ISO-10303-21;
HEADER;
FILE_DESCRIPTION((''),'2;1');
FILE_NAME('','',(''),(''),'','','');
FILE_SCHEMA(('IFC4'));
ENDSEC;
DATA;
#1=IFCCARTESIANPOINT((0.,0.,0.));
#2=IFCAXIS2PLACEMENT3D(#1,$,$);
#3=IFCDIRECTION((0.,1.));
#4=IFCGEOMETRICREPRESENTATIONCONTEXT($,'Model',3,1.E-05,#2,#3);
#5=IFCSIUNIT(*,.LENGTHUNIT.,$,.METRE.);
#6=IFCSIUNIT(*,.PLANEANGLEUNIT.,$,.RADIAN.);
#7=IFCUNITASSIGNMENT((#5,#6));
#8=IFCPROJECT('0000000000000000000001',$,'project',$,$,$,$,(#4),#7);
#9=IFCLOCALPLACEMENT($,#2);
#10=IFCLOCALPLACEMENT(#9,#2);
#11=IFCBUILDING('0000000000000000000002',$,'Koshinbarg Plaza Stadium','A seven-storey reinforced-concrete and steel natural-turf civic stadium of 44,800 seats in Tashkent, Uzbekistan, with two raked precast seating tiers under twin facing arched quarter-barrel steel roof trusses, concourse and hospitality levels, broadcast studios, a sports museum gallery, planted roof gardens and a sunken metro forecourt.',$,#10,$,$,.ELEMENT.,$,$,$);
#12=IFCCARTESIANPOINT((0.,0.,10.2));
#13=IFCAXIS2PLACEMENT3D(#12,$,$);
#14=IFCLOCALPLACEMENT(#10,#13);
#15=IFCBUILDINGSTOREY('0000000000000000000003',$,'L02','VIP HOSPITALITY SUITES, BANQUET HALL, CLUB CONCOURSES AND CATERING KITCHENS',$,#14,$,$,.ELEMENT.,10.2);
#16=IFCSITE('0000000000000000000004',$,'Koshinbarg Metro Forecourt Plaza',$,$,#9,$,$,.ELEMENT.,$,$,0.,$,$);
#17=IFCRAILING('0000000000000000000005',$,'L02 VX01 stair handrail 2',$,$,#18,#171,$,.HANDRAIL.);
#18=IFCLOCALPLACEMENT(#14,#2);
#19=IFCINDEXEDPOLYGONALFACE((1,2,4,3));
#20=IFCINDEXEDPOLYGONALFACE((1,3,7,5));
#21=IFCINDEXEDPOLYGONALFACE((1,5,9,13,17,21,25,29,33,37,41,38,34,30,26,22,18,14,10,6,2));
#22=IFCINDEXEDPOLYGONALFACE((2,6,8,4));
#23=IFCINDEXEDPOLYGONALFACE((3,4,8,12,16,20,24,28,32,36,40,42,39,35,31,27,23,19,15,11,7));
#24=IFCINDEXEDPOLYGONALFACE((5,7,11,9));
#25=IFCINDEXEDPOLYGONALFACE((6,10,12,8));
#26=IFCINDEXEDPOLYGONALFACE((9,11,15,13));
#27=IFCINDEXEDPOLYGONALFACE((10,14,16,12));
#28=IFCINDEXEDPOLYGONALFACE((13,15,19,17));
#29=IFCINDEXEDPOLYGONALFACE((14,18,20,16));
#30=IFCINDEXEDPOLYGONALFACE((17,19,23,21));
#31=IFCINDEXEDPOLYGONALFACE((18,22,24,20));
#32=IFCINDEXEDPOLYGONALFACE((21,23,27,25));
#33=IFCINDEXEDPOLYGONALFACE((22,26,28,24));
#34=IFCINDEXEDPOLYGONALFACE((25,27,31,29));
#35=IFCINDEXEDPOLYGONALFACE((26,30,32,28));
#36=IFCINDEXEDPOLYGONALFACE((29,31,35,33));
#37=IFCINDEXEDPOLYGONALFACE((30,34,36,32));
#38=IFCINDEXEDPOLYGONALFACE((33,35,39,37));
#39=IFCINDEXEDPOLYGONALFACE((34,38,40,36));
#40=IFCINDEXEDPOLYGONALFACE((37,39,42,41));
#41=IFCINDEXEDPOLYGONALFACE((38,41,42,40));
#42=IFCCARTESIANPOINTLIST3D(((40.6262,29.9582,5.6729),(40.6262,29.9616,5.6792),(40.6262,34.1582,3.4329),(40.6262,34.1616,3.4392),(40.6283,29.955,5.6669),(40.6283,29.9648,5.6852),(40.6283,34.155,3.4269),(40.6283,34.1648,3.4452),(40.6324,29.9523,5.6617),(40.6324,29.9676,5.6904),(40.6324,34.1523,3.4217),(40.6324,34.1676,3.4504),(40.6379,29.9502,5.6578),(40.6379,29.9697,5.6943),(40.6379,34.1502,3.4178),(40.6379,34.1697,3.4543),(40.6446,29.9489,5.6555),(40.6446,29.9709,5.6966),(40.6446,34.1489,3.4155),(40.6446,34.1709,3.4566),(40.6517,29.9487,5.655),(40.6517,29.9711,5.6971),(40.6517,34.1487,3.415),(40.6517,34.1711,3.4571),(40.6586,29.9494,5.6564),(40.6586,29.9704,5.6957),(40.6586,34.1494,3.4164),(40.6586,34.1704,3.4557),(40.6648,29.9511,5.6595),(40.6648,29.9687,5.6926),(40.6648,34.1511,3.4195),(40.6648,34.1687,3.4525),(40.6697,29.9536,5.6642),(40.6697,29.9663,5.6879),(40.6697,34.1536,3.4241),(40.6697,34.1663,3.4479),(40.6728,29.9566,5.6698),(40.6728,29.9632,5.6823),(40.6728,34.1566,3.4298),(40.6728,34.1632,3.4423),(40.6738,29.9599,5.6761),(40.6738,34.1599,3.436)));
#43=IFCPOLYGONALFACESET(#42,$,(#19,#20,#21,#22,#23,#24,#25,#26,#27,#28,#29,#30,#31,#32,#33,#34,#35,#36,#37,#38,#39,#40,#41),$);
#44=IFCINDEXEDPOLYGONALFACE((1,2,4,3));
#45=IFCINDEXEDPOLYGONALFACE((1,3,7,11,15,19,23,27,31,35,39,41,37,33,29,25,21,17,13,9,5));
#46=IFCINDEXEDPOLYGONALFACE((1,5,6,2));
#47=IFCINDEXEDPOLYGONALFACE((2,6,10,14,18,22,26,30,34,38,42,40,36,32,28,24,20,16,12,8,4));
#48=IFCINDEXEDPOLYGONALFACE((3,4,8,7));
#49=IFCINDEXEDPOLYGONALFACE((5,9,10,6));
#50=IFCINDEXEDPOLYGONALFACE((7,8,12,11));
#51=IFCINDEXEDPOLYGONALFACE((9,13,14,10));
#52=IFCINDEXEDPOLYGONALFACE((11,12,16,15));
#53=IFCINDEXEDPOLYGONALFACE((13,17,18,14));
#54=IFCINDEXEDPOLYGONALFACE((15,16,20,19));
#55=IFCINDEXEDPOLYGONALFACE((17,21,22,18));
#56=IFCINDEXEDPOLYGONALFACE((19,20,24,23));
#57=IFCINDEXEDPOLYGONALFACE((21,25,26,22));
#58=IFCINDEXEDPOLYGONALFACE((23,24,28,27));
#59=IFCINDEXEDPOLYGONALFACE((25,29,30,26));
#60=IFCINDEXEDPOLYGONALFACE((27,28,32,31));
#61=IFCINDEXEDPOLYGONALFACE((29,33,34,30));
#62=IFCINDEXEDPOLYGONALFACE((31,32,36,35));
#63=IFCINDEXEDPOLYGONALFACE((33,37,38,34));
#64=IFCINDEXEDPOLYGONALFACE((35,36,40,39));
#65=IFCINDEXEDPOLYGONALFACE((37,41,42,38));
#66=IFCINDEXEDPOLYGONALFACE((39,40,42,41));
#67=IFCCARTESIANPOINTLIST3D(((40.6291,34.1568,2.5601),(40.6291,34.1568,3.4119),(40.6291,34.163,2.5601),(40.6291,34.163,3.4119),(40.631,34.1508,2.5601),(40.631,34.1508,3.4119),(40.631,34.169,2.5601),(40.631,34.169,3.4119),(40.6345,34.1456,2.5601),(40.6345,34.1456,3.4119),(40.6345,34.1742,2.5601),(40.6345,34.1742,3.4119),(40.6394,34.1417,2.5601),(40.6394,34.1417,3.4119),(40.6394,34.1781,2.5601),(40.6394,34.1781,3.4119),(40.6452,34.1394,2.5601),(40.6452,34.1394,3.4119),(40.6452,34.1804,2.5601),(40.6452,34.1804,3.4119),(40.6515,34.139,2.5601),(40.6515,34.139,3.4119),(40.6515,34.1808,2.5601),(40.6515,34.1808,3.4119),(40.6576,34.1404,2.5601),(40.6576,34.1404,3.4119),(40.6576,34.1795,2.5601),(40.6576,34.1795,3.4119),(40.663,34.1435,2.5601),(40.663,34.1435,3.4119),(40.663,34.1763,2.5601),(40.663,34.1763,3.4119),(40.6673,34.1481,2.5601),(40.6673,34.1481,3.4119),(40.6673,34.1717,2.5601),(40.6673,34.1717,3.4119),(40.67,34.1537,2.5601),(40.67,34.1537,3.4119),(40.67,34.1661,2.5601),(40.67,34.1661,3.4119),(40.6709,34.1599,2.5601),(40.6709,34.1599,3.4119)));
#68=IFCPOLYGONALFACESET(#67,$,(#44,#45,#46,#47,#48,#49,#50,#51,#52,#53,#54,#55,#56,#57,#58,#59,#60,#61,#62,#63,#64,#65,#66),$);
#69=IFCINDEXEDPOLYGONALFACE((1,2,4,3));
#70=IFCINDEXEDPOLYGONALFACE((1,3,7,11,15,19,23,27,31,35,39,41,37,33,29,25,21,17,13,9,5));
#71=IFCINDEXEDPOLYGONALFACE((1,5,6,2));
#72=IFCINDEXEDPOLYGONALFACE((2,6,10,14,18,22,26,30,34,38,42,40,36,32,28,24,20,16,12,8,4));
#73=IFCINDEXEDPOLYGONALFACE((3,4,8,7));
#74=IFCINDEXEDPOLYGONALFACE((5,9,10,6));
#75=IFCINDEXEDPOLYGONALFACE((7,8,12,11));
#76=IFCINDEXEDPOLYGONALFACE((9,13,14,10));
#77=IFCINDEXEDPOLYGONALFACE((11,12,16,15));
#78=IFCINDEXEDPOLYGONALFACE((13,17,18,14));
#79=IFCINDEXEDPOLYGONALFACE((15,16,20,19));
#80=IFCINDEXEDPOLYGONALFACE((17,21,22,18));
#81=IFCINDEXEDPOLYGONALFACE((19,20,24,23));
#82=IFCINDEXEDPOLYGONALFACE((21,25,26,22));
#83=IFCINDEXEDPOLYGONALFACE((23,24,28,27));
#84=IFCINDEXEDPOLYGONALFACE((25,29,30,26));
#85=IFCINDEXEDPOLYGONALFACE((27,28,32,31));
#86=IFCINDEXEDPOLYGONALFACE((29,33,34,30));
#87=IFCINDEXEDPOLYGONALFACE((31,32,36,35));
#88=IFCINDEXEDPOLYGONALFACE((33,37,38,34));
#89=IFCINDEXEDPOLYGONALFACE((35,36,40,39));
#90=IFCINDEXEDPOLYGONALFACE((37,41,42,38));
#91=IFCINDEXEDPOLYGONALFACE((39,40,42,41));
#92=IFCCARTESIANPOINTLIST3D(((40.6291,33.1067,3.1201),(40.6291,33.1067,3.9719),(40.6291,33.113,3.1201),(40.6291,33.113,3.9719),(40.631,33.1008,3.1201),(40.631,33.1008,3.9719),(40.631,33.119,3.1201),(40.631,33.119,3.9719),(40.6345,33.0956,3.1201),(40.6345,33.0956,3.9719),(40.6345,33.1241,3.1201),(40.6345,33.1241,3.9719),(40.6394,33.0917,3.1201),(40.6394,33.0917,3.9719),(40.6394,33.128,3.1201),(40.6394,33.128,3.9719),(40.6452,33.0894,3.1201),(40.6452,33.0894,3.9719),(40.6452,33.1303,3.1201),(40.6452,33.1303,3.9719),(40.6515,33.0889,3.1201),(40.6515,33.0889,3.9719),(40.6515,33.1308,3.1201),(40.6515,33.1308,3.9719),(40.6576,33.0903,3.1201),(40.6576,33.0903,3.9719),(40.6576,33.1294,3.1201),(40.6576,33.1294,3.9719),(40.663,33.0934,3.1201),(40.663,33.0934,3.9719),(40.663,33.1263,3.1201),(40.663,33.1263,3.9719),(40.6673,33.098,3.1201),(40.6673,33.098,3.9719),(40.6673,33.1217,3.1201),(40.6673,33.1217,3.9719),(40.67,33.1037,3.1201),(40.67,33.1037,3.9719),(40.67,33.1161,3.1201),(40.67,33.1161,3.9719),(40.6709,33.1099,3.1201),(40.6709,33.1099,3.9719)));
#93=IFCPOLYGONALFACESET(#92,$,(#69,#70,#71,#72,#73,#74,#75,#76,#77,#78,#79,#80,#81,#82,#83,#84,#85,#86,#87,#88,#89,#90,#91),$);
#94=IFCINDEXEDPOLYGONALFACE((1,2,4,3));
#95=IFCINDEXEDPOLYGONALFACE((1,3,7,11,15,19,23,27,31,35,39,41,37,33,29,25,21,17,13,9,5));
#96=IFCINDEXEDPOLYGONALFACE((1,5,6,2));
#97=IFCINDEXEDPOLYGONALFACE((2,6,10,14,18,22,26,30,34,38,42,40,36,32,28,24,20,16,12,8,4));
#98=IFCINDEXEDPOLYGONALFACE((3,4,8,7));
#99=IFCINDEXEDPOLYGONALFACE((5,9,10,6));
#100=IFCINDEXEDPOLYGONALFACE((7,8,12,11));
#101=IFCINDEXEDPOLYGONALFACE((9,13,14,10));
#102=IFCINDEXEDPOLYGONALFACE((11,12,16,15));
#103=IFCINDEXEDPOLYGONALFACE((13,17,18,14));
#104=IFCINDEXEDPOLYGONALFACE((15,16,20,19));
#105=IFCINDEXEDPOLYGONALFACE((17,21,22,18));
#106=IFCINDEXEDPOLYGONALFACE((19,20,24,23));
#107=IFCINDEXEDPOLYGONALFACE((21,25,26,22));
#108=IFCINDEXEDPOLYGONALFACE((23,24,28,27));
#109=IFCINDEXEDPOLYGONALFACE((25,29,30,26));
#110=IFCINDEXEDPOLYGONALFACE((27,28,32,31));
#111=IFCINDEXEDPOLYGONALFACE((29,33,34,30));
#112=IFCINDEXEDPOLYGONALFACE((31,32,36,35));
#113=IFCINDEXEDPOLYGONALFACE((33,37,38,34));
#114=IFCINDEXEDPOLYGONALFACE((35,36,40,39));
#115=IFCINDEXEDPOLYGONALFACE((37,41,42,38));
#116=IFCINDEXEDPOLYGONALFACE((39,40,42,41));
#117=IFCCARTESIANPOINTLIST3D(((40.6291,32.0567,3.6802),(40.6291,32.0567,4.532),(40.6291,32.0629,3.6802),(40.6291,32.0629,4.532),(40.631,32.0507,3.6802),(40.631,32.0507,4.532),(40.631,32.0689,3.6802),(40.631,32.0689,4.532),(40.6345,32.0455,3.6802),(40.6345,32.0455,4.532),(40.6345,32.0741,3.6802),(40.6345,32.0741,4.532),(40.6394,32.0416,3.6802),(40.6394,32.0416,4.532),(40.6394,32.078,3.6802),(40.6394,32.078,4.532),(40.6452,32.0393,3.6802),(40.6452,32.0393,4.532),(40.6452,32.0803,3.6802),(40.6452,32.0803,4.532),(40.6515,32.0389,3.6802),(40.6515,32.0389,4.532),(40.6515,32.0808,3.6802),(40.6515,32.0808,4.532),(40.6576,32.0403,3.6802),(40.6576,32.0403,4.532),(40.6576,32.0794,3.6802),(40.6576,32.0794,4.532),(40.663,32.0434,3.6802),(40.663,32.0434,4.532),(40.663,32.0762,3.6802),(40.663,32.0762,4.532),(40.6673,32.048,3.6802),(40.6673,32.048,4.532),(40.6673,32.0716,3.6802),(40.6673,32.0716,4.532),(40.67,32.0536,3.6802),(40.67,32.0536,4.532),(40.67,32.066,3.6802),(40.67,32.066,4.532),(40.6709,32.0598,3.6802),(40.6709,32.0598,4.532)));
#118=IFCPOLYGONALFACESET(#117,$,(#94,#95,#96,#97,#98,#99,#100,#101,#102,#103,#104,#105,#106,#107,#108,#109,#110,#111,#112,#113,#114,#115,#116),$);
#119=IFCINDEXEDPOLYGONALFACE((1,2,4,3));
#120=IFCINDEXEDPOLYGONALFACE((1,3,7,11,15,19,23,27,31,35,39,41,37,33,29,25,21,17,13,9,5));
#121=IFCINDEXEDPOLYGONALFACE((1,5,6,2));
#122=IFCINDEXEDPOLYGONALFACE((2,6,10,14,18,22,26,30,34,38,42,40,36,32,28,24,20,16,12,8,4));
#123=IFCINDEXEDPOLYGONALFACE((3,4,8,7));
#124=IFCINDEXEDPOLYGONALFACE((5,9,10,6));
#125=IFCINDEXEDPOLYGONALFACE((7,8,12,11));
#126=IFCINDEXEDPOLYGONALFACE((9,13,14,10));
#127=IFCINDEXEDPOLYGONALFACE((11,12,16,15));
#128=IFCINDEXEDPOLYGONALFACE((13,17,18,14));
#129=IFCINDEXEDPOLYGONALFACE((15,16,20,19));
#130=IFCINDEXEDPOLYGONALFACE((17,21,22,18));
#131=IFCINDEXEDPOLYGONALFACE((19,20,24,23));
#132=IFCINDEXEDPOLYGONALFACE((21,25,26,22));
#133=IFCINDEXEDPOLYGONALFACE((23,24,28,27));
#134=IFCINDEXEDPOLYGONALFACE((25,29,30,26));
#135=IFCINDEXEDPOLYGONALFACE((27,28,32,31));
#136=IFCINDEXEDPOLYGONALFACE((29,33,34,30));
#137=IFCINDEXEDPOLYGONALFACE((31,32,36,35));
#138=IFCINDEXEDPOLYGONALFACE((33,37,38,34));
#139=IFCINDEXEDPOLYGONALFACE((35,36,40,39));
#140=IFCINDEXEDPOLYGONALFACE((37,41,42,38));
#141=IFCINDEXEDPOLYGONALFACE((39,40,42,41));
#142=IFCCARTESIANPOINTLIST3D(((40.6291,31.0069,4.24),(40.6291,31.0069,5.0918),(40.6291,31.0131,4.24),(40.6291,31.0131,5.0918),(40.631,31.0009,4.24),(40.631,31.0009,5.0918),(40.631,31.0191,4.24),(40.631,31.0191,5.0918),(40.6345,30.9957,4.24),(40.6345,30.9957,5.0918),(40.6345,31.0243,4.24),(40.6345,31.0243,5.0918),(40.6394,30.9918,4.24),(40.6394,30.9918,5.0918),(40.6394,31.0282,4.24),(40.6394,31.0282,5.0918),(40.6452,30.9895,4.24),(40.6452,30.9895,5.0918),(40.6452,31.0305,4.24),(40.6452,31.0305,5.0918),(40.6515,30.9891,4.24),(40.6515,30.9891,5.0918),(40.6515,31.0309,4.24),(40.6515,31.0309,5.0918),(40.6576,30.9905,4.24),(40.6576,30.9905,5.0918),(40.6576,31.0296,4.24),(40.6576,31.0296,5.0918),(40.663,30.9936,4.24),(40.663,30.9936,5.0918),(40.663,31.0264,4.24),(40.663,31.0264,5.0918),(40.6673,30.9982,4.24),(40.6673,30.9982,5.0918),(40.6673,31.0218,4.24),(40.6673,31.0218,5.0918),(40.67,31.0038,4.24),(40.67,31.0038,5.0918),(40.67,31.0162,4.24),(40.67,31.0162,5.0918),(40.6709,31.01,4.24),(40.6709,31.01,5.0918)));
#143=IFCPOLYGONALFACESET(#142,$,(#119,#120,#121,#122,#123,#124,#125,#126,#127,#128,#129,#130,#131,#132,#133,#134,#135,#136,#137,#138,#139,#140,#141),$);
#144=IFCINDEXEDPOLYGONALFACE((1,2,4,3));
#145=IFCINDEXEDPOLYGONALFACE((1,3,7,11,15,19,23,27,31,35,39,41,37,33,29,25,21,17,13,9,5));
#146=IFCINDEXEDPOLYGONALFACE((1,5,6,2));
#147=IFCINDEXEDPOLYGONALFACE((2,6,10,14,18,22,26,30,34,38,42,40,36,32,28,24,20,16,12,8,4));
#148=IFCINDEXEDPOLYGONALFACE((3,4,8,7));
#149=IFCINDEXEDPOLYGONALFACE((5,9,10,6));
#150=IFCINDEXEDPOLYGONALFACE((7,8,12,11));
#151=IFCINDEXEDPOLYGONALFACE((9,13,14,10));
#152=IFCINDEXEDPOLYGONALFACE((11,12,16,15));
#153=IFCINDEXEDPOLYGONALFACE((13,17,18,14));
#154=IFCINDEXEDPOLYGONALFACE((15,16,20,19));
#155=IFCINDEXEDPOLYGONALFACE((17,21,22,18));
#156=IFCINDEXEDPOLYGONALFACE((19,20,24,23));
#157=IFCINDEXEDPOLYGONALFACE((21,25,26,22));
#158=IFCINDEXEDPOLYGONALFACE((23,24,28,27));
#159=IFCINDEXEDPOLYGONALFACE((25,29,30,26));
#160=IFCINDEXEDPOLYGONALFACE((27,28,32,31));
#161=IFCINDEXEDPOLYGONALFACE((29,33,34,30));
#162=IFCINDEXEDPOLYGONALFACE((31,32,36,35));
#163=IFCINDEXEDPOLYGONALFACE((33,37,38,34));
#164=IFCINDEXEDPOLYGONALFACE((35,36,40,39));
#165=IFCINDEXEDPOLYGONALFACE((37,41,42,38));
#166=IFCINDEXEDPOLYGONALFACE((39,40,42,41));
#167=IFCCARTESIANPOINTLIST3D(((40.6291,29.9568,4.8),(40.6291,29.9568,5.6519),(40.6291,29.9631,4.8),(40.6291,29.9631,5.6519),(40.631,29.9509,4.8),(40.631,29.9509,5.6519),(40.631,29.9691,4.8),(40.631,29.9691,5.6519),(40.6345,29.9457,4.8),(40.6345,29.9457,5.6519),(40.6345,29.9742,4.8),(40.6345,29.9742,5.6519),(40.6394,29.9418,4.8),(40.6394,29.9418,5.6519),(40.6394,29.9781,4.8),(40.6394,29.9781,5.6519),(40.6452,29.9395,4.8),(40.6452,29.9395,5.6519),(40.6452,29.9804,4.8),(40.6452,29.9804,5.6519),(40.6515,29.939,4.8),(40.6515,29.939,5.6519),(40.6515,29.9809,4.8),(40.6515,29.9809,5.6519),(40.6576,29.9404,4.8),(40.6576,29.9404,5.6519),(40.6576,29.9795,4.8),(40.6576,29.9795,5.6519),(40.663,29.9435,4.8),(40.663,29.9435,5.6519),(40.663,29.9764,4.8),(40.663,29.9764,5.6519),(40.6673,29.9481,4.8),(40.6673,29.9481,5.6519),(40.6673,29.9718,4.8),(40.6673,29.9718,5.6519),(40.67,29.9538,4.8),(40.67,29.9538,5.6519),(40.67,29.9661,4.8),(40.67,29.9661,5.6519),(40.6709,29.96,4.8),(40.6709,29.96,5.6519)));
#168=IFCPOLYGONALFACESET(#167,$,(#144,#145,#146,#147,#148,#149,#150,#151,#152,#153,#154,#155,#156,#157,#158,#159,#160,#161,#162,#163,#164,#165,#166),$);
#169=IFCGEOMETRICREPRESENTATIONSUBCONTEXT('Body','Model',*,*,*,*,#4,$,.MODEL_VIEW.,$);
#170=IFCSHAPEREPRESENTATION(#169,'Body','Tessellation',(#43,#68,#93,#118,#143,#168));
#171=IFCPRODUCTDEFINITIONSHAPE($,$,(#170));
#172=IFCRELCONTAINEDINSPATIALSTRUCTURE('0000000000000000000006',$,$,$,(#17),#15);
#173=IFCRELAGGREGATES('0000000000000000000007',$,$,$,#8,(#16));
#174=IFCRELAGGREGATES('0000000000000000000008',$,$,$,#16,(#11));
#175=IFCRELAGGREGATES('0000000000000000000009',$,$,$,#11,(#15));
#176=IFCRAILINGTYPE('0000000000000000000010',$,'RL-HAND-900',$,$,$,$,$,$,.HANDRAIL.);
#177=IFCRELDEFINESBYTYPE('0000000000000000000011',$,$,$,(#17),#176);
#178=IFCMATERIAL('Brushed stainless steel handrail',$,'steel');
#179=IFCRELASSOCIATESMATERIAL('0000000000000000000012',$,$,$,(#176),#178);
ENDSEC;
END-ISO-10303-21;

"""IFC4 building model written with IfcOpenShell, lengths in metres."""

from ifc_helpers import new_model, si_unit, direction, frame, origin, origin_2d, place, context, subcontext, project, spatial, circle, extrude, material, type_object, element, save


model = new_model("IFC4")

# Units and contexts
model_context = context("Model", 3, precision=1e-05, world=origin(), true_north=direction((0.0, 1.0)))
body_context = subcontext(model_context, "Body", "Model", "MODEL_VIEW")
ifc_project = project(units=[si_unit("LENGTHUNIT", "METRE"), si_unit("PLANEANGLEUNIT", "RADIAN")], contexts=[model_context])

# Site, building, storey
site_placement = place(None, origin())
site = spatial("IfcSite", under=ifc_project, at=site_placement, Name="Koshinbarg Metro Forecourt Plaza", CompositionType="ELEMENT", RefElevation=0.0)
building_placement = place(site_placement, origin())
building = spatial("IfcBuilding", under=site, at=building_placement, Name="Koshinbarg Plaza Stadium", Description="A seven-storey reinforced-concrete and steel natural-turf civic stadium of 44,800 seats in Tashkent, Uzbekistan, with two raked precast seating tiers under twin facing arched quarter-barrel steel roof trusses, concourse and hospitality levels, broadcast studios, a sports museum gallery, planted roof gardens and a sunken metro forecourt.", CompositionType="ELEMENT")
storey_placement = place(building_placement, frame((0.0, 0.0, 10.2)))
storey = spatial("IfcBuildingStorey", under=building, at=storey_placement, Name="L02", Description="VIP HOSPITALITY SUITES, BANQUET HALL, CLUB CONCOURSES AND CATERING KITCHENS", CompositionType="ELEMENT", Elevation=10.2)

# Railing
ifc_material_1 = material(Name="Brushed stainless steel handrail", Category="steel")
railing_type_1 = type_object("IfcRailingType", Name="RL-HAND-900", PredefinedType="HANDRAIL", material=ifc_material_1)
railing_1_placement = place(storey_placement, frame((40.6499, 34.1599, 2.5601)))
element("IfcRailing", 1, at=railing_1_placement, inside=storey, type_object=railing_type_1, Name="L02 VX01 stair handrail 2", PredefinedType="HANDRAIL", context=body_context, shape_type="SweptSolid", body=[
    extrude(circle(Radius=0.0239, at=origin_2d()), frame((0.0, 0.0, 0.876), z_axis=(0.0, -0.882352, 0.470591), x_axis=(1.0, 0.0, 0.0)), (0.0, 0.0, 1.0), 4.76),
    extrude(circle(Radius=0.021, at=origin_2d()), origin(), (0.0, 0.0, 1.0), 0.8518),
    extrude(circle(Radius=0.021, at=origin_2d()), frame((0.0, -1.05, 0.5601)), (0.0, 0.0, 1.0), 0.8518),
    extrude(circle(Radius=0.021, at=origin_2d()), frame((0.0, -2.1001, 1.1201)), (0.0, 0.0, 1.0), 0.8518),
    extrude(circle(Radius=0.021, at=origin_2d()), frame((0.0, -3.1499, 1.6799)), (0.0, 0.0, 1.0), 0.8518),
    extrude(circle(Radius=0.021, at=origin_2d()), frame((0.0, -4.2, 2.24)), (0.0, 0.0, 1.0), 0.8518),
])

save(model, "model.ifc")
